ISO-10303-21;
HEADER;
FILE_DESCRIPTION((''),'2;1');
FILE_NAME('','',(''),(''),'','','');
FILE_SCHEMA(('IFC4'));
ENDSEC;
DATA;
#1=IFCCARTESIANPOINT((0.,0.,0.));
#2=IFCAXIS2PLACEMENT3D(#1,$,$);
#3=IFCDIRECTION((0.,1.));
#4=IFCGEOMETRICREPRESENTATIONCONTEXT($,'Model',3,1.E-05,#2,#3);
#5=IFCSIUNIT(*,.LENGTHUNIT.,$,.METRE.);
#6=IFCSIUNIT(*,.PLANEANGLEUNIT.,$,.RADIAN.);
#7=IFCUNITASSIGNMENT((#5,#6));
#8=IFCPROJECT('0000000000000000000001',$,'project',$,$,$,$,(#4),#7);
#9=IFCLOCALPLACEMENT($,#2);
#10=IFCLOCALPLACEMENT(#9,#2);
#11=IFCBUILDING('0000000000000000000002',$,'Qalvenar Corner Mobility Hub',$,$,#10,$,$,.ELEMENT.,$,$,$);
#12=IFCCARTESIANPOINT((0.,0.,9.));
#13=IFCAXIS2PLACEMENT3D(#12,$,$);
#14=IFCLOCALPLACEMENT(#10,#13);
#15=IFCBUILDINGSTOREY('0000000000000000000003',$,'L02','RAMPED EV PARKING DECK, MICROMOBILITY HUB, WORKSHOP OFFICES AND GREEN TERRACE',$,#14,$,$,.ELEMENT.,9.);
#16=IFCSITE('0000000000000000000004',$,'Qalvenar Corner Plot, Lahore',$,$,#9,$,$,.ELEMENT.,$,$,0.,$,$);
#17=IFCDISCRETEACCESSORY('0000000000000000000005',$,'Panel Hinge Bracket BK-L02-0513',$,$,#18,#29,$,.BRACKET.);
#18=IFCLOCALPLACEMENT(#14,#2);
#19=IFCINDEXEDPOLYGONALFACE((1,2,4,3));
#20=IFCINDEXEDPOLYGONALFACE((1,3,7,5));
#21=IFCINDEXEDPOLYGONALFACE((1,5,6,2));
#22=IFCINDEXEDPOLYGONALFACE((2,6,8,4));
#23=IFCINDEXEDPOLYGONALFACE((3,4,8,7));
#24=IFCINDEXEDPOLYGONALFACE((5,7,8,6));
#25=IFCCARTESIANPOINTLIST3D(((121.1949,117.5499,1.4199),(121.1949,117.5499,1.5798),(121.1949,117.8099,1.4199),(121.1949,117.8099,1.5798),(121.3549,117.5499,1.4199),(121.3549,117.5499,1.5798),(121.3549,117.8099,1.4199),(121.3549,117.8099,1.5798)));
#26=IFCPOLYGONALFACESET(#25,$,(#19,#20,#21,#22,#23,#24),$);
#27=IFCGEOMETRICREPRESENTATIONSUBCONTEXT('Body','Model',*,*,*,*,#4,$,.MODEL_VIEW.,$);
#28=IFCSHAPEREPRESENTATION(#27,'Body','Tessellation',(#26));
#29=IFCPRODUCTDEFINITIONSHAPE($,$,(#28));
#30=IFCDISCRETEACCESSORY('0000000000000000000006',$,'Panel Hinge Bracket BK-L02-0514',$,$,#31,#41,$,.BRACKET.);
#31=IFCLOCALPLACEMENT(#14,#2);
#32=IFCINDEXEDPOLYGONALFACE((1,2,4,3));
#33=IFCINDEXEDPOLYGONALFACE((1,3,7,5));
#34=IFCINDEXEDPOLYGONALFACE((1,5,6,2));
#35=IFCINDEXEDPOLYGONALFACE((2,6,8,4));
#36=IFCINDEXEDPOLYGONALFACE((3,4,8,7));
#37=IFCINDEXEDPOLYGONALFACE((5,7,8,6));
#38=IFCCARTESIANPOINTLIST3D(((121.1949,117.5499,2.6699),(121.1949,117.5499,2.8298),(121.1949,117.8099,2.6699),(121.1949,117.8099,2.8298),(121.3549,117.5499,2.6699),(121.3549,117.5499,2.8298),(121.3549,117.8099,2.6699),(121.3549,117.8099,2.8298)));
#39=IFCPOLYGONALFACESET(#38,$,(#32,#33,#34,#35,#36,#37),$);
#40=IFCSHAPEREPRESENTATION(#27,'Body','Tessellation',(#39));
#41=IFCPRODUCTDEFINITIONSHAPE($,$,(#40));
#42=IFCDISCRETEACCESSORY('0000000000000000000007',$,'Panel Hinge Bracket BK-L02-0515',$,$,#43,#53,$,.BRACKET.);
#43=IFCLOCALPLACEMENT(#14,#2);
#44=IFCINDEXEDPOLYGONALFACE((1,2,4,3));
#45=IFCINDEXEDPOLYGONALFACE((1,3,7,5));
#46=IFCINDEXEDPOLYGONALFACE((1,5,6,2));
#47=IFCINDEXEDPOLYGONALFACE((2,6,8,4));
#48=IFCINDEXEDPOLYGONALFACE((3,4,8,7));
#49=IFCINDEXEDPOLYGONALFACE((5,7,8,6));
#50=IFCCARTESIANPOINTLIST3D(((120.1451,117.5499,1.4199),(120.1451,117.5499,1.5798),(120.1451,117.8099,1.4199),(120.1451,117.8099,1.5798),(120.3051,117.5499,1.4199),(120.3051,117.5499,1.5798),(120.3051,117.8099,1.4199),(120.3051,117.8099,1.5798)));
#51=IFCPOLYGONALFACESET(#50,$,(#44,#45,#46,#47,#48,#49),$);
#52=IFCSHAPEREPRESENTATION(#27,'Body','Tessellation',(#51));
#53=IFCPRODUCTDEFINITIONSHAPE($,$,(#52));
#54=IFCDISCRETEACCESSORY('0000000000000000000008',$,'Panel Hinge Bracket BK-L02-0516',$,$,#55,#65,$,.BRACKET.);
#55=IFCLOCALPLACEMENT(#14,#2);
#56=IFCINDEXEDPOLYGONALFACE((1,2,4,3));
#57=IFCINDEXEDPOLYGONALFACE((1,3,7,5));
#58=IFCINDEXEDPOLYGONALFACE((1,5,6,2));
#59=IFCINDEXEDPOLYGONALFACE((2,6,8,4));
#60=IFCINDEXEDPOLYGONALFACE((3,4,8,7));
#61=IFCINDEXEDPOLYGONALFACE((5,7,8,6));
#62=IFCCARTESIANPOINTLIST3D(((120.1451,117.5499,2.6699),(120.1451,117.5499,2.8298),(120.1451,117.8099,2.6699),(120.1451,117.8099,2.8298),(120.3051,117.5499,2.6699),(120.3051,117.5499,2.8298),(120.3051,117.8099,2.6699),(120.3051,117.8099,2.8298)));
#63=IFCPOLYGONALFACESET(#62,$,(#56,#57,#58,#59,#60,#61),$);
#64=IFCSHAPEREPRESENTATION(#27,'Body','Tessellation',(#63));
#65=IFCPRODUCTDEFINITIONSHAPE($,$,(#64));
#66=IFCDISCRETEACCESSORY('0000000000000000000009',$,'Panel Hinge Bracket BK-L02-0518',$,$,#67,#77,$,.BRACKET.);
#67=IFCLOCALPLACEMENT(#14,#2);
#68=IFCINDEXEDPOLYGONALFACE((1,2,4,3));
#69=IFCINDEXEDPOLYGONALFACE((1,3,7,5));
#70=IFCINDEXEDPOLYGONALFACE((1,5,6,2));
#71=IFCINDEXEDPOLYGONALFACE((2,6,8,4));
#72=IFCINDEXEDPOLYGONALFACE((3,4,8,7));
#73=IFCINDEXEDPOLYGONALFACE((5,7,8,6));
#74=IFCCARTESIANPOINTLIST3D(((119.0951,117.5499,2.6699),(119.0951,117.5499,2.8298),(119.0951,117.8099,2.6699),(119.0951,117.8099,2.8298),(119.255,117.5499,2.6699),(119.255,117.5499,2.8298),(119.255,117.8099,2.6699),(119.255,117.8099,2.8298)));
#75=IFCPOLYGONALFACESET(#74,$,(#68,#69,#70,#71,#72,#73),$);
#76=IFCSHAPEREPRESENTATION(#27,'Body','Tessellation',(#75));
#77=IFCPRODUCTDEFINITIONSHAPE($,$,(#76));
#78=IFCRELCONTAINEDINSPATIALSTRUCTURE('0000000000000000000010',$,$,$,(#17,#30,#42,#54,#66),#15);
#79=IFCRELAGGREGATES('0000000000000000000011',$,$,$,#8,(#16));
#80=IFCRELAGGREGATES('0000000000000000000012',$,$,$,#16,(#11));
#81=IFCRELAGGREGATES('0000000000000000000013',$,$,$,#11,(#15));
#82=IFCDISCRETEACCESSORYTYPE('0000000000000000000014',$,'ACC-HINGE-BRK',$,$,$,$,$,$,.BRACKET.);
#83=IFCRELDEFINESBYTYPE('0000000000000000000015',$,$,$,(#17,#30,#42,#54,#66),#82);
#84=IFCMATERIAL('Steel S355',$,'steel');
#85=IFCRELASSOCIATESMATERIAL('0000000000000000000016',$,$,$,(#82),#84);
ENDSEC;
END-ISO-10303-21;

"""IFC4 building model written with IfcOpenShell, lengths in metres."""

from ifc_helpers import new_model, si_unit, direction, frame, origin, origin_2d, place, context, subcontext, project, spatial, rectangle, extrude, material, type_object, element, save


model = new_model("IFC4")

# Units and contexts
model_context = context("Model", 3, precision=1e-05, world=origin(), true_north=direction((0.0, 1.0)))
body_context = subcontext(model_context, "Body", "Model", "MODEL_VIEW")
ifc_project = project(units=[si_unit("LENGTHUNIT", "METRE"), si_unit("PLANEANGLEUNIT", "RADIAN")], contexts=[model_context])

# Site, building, storey
site_placement = place(None, origin())
site = spatial("IfcSite", under=ifc_project, at=site_placement, Name="Qalvenar Corner Plot, Lahore", CompositionType="ELEMENT", RefElevation=0.0)
building_placement = place(site_placement, origin())
building = spatial("IfcBuilding", under=site, at=building_placement, Name="Qalvenar Corner Mobility Hub", CompositionType="ELEMENT")
storey_placement = place(building_placement, frame((0.0, 0.0, 9.0)))
storey = spatial("IfcBuildingStorey", under=building, at=storey_placement, Name="L02", Description="RAMPED EV PARKING DECK, MICROMOBILITY HUB, WORKSHOP OFFICES AND GREEN TERRACE", CompositionType="ELEMENT", Elevation=9.0)

# Shared definitions
ifc_material_1 = material(Name="Steel S355", Category="steel")

# Discrete accessories
discrete_accessory_type = type_object("IfcDiscreteAccessoryType", Name="ACC-HINGE-BRK", PredefinedType="BRACKET", material=ifc_material_1)
for number, where, z_axis, x_axis, name in (
    (1, (121.2749, 117.6799, 1.4199), (0.0, 0.0, 1.0), (-1.0, 0.0, 0.0), "Panel Hinge Bracket BK-L02-0513"),
    (2, (121.2749, 117.6799, 2.6699), (0.0, 0.0, 1.0), (-1.0, 0.0, 0.0), "Panel Hinge Bracket BK-L02-0514"),
    (3, (120.2251, 117.6799, 1.4199), (0.0, 0.0, 1.0), (-1.0, 0.0, 0.0), "Panel Hinge Bracket BK-L02-0515"),
    (4, (120.2251, 117.6799, 2.6699), (0.0, 0.0, 1.0), (-1.0, 0.0, 0.0), "Panel Hinge Bracket BK-L02-0516"),
    (5, (119.175, 117.6799, 2.6699), (0.0, 0.0, 1.0), (-1.0, 0.0, 0.0), "Panel Hinge Bracket BK-L02-0518"),
):
    element("IfcDiscreteAccessory", number, at=place(storey_placement, frame(where, z_axis=z_axis, x_axis=x_axis)), inside=storey, type_object=discrete_accessory_type, Name=name, PredefinedType="BRACKET", context=body_context, shape_type="SweptSolid", body=[
        extrude(rectangle(XDim=0.1599, YDim=0.26, at=origin_2d()), origin(), (0.0, 0.0, 1.0), 0.1599),
    ])

save(model, "model.ifc")
